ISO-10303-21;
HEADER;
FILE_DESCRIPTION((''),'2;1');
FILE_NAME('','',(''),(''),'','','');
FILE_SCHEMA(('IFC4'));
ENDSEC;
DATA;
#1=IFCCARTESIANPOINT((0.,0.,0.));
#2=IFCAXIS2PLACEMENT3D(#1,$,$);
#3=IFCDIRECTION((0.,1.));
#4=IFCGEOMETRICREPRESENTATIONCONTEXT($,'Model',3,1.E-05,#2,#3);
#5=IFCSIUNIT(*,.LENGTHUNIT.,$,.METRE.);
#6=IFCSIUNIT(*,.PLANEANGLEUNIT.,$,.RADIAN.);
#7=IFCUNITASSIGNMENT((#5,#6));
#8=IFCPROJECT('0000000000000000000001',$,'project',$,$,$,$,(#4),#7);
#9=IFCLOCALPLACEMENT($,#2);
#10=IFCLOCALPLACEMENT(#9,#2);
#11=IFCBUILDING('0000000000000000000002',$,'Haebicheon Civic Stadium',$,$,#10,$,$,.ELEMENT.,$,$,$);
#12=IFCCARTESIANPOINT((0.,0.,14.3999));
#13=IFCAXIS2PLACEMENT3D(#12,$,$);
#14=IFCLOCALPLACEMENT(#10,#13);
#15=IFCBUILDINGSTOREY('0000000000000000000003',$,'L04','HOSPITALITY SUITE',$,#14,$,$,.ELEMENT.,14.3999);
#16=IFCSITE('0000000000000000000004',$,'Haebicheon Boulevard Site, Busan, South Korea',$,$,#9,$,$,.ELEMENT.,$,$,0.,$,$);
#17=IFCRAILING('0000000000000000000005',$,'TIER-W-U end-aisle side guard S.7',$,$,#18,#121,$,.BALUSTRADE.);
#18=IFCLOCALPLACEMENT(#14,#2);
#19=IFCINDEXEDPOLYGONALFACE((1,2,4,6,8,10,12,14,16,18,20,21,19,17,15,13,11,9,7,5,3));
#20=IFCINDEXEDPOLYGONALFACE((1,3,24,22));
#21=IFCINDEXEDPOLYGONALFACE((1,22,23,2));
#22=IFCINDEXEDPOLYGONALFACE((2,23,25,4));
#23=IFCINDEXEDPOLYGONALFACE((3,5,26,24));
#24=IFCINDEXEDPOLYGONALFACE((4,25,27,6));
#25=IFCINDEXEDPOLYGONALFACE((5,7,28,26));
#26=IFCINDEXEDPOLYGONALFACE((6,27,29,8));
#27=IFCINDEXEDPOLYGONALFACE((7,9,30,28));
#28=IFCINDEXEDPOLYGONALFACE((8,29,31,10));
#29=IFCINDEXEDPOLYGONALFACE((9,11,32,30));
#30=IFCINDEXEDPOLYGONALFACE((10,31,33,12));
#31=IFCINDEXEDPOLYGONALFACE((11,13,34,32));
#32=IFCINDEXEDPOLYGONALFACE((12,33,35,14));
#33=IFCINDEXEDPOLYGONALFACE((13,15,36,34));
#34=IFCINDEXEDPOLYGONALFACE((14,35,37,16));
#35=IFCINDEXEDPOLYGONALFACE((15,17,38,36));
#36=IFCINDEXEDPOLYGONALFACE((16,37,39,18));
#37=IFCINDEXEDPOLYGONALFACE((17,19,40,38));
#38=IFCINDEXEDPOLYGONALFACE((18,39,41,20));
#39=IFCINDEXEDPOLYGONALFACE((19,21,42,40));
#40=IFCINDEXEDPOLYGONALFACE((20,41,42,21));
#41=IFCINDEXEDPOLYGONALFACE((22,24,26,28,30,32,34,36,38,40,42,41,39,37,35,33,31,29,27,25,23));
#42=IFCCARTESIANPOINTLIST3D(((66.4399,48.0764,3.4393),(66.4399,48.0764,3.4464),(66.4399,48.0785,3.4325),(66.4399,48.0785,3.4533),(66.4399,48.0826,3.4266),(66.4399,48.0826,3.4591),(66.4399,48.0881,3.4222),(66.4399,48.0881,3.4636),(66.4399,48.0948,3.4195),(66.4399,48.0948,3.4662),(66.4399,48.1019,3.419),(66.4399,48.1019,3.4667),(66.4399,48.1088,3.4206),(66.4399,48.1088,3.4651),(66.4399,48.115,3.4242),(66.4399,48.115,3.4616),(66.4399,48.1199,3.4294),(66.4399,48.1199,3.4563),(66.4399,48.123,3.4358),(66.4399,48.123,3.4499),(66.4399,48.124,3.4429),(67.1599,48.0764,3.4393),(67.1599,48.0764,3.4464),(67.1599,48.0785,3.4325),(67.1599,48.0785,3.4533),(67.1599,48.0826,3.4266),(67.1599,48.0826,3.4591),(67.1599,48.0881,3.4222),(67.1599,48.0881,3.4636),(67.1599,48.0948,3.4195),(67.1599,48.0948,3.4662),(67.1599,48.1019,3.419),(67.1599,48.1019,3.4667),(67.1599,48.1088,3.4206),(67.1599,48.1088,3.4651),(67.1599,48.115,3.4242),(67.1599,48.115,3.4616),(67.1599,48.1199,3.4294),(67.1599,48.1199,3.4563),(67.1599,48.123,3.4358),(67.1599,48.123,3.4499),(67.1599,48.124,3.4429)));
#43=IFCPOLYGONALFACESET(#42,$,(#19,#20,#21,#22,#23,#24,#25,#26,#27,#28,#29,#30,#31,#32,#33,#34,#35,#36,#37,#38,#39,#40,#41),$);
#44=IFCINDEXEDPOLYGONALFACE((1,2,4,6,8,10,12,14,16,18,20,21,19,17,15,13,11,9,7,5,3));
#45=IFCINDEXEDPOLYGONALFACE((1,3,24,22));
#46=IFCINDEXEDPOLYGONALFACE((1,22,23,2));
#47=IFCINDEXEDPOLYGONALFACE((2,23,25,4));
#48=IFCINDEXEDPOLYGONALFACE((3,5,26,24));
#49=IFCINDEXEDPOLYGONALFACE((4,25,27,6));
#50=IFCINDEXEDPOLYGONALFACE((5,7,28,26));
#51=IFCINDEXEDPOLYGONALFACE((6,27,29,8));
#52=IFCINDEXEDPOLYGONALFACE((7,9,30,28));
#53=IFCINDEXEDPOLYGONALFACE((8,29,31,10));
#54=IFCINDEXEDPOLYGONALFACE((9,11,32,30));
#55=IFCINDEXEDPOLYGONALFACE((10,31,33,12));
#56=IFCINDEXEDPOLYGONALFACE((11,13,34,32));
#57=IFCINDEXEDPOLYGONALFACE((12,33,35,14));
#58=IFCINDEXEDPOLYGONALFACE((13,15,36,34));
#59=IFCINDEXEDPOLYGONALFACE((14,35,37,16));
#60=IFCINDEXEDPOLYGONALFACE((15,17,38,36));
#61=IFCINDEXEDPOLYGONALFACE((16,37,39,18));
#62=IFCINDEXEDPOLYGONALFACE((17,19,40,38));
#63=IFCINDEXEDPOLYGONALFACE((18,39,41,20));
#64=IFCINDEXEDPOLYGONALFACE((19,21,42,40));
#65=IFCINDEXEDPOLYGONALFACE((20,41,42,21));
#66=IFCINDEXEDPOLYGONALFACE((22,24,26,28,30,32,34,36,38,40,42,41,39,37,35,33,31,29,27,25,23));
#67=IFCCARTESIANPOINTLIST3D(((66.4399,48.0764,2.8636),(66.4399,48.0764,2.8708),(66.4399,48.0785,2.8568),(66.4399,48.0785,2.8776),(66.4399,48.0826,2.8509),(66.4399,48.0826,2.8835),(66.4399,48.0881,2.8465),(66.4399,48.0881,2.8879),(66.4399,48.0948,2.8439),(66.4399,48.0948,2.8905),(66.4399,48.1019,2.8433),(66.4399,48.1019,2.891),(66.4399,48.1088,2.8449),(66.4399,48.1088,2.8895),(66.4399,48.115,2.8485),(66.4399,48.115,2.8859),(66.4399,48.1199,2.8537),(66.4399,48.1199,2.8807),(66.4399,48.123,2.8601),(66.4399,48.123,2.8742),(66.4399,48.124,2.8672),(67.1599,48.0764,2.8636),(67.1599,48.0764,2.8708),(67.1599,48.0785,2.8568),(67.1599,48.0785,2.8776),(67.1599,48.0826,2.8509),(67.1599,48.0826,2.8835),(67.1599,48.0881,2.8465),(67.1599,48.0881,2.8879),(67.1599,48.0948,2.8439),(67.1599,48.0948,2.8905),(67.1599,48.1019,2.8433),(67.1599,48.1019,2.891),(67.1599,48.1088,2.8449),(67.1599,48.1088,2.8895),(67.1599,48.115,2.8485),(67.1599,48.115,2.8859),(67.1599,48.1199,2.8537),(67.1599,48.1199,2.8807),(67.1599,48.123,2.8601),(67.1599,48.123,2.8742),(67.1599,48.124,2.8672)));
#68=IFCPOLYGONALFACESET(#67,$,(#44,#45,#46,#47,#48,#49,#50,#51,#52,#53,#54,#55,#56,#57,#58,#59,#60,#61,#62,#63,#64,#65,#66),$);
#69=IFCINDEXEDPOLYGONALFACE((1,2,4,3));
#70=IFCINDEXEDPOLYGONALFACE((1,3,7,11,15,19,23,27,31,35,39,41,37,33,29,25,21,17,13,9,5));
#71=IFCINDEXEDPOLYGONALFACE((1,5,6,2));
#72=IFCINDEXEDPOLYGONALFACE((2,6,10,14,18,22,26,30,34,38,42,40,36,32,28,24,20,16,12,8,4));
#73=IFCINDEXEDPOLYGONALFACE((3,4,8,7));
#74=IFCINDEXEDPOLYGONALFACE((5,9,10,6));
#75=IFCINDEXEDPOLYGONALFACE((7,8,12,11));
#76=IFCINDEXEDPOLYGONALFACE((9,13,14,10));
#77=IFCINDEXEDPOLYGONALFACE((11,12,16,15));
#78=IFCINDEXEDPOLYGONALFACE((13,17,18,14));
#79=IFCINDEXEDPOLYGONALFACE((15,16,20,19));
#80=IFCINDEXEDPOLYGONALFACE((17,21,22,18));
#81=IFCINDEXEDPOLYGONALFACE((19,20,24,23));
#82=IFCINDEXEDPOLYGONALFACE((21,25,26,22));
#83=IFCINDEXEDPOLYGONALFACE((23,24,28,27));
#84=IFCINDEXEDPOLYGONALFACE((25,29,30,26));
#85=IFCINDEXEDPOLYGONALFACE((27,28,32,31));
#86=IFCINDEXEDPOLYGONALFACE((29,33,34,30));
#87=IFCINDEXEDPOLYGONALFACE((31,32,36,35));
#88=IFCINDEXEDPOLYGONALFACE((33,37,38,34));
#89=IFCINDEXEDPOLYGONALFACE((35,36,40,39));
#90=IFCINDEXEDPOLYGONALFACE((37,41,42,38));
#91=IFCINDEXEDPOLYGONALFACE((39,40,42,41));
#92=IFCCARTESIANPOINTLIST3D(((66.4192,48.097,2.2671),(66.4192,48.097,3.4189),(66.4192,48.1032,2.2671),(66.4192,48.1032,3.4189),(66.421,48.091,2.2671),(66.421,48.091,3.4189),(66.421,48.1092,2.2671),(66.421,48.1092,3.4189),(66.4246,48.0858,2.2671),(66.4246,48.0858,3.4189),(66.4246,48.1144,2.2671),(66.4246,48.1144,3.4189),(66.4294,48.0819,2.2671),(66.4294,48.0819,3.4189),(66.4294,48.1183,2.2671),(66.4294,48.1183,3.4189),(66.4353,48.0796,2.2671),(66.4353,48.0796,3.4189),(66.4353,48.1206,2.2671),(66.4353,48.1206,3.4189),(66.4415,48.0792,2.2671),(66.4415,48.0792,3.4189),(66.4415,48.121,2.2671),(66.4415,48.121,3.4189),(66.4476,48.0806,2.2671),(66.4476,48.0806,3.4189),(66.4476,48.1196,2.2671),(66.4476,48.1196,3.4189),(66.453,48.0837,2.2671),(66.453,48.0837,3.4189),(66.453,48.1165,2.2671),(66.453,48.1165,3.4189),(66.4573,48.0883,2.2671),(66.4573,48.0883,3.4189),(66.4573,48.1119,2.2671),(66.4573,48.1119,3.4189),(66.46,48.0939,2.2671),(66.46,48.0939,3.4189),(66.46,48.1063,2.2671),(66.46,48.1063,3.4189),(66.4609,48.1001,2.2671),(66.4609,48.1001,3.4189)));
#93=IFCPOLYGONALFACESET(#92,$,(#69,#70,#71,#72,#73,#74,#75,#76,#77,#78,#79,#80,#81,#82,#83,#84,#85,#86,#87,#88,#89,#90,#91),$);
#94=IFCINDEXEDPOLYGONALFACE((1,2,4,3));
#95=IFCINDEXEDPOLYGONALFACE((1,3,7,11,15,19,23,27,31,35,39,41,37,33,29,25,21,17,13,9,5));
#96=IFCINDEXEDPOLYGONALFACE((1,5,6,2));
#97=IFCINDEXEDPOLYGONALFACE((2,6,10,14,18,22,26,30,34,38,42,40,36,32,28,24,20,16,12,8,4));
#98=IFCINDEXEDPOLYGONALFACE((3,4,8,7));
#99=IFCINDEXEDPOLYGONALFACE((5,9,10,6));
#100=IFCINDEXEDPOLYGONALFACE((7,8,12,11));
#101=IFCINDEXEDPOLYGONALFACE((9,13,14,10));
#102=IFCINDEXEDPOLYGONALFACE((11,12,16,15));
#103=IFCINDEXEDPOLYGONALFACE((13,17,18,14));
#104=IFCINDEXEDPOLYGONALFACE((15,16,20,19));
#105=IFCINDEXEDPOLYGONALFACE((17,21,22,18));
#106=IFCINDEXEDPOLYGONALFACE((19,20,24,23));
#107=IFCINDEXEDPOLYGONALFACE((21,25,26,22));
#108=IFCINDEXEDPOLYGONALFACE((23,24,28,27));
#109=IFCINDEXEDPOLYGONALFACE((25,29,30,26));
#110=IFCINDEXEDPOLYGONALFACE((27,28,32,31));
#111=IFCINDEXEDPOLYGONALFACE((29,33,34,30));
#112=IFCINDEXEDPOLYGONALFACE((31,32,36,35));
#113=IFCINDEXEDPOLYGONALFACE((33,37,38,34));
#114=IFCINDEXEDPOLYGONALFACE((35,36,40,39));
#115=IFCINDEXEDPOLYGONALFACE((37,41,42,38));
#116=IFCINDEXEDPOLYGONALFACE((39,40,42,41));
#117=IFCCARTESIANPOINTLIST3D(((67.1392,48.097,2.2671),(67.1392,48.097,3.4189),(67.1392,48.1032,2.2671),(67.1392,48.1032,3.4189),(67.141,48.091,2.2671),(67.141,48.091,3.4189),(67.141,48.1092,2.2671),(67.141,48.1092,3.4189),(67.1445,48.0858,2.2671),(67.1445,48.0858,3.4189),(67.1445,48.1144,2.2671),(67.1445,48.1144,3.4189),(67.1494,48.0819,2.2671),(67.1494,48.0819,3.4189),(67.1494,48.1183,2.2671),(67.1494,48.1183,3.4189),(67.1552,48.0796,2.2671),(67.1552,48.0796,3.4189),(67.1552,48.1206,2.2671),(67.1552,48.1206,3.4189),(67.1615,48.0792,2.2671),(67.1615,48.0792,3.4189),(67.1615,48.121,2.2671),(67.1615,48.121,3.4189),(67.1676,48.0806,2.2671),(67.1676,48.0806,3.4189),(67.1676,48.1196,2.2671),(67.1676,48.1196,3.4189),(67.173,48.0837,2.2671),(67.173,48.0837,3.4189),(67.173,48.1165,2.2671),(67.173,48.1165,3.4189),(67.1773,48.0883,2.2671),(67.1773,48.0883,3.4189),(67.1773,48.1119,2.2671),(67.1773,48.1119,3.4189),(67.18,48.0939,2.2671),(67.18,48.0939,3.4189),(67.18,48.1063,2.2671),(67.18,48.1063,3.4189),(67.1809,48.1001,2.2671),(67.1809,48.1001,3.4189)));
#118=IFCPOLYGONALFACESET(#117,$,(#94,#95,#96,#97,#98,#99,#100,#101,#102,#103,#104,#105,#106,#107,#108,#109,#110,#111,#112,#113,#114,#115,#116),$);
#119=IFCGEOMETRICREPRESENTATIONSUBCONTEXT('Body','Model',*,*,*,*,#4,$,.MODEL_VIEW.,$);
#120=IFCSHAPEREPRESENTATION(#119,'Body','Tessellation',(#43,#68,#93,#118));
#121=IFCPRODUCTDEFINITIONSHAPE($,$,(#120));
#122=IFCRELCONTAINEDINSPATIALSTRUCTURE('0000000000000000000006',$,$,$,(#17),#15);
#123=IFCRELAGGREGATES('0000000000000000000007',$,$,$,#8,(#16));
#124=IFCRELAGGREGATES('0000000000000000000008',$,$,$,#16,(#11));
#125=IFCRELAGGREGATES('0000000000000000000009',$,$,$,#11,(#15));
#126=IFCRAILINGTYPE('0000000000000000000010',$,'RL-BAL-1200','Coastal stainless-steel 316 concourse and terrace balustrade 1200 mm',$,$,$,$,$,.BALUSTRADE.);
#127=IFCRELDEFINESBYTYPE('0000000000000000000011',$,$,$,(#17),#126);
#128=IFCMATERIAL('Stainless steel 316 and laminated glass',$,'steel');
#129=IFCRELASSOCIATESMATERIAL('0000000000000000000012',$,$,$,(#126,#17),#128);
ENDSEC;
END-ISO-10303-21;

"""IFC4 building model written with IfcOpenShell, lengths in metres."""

from ifc_helpers import new_model, si_unit, direction, frame, origin, origin_2d, place, context, subcontext, project, spatial, circle, extrude, material, type_object, element, save


model = new_model("IFC4")

# Units and contexts
model_context = context("Model", 3, precision=1e-05, world=origin(), true_north=direction((0.0, 1.0)))
body_context = subcontext(model_context, "Body", "Model", "MODEL_VIEW")
ifc_project = project(units=[si_unit("LENGTHUNIT", "METRE"), si_unit("PLANEANGLEUNIT", "RADIAN")], contexts=[model_context])

# Site, building, storey
site_placement = place(None, origin())
site = spatial("IfcSite", under=ifc_project, at=site_placement, Name="Haebicheon Boulevard Site, Busan, South Korea", CompositionType="ELEMENT", RefElevation=0.0)
building_placement = place(site_placement, origin())
building = spatial("IfcBuilding", under=site, at=building_placement, Name="Haebicheon Civic Stadium", CompositionType="ELEMENT")
storey_placement = place(building_placement, frame((0.0, 0.0, 14.3999)))
storey = spatial("IfcBuildingStorey", under=building, at=storey_placement, Name="L04", Description="HOSPITALITY SUITE", CompositionType="ELEMENT", Elevation=14.3999)

# Railing
ifc_material_1 = material(Name="Stainless steel 316 and laminated glass", Category="steel")
railing_type = type_object("IfcRailingType", Name="RL-BAL-1200", Description="Coastal stainless-steel 316 concourse and terrace balustrade 1200 mm", PredefinedType="BALUSTRADE", material=ifc_material_1)
for number, where, name in (
    (1, (66.4399, 48.1001, 2.2671), "TIER-W-U end-aisle side guard S.7"),
):
    element("IfcRailing", number, at=place(storey_placement, frame(where)), inside=storey, type_object=railing_type, material=ifc_material_1, Name=name, PredefinedType="BALUSTRADE", context=body_context, shape_type="SweptSolid", body=[
        extrude(circle(Radius=0.0239, at=origin_2d()), frame((0.0, 0.0, 1.1758), z_axis=(1.0, 0.0, 0.0), x_axis=(0.0, 1.0, 0.0)), (0.0, 0.0, 1.0), 0.72),
        extrude(circle(Radius=0.0239, at=origin_2d()), frame((0.0, 0.0, 0.6001), z_axis=(1.0, 0.0, 0.0), x_axis=(0.0, 1.0, 0.0)), (0.0, 0.0, 1.0), 0.72),
        extrude(circle(Radius=0.021, at=origin_2d()), origin(), (0.0, 0.0, 1.0), 1.1519),
        extrude(circle(Radius=0.021, at=origin_2d()), frame((0.72, 0.0, 0.0)), (0.0, 0.0, 1.0), 1.1519),
    ])

save(model, "model.ifc")
